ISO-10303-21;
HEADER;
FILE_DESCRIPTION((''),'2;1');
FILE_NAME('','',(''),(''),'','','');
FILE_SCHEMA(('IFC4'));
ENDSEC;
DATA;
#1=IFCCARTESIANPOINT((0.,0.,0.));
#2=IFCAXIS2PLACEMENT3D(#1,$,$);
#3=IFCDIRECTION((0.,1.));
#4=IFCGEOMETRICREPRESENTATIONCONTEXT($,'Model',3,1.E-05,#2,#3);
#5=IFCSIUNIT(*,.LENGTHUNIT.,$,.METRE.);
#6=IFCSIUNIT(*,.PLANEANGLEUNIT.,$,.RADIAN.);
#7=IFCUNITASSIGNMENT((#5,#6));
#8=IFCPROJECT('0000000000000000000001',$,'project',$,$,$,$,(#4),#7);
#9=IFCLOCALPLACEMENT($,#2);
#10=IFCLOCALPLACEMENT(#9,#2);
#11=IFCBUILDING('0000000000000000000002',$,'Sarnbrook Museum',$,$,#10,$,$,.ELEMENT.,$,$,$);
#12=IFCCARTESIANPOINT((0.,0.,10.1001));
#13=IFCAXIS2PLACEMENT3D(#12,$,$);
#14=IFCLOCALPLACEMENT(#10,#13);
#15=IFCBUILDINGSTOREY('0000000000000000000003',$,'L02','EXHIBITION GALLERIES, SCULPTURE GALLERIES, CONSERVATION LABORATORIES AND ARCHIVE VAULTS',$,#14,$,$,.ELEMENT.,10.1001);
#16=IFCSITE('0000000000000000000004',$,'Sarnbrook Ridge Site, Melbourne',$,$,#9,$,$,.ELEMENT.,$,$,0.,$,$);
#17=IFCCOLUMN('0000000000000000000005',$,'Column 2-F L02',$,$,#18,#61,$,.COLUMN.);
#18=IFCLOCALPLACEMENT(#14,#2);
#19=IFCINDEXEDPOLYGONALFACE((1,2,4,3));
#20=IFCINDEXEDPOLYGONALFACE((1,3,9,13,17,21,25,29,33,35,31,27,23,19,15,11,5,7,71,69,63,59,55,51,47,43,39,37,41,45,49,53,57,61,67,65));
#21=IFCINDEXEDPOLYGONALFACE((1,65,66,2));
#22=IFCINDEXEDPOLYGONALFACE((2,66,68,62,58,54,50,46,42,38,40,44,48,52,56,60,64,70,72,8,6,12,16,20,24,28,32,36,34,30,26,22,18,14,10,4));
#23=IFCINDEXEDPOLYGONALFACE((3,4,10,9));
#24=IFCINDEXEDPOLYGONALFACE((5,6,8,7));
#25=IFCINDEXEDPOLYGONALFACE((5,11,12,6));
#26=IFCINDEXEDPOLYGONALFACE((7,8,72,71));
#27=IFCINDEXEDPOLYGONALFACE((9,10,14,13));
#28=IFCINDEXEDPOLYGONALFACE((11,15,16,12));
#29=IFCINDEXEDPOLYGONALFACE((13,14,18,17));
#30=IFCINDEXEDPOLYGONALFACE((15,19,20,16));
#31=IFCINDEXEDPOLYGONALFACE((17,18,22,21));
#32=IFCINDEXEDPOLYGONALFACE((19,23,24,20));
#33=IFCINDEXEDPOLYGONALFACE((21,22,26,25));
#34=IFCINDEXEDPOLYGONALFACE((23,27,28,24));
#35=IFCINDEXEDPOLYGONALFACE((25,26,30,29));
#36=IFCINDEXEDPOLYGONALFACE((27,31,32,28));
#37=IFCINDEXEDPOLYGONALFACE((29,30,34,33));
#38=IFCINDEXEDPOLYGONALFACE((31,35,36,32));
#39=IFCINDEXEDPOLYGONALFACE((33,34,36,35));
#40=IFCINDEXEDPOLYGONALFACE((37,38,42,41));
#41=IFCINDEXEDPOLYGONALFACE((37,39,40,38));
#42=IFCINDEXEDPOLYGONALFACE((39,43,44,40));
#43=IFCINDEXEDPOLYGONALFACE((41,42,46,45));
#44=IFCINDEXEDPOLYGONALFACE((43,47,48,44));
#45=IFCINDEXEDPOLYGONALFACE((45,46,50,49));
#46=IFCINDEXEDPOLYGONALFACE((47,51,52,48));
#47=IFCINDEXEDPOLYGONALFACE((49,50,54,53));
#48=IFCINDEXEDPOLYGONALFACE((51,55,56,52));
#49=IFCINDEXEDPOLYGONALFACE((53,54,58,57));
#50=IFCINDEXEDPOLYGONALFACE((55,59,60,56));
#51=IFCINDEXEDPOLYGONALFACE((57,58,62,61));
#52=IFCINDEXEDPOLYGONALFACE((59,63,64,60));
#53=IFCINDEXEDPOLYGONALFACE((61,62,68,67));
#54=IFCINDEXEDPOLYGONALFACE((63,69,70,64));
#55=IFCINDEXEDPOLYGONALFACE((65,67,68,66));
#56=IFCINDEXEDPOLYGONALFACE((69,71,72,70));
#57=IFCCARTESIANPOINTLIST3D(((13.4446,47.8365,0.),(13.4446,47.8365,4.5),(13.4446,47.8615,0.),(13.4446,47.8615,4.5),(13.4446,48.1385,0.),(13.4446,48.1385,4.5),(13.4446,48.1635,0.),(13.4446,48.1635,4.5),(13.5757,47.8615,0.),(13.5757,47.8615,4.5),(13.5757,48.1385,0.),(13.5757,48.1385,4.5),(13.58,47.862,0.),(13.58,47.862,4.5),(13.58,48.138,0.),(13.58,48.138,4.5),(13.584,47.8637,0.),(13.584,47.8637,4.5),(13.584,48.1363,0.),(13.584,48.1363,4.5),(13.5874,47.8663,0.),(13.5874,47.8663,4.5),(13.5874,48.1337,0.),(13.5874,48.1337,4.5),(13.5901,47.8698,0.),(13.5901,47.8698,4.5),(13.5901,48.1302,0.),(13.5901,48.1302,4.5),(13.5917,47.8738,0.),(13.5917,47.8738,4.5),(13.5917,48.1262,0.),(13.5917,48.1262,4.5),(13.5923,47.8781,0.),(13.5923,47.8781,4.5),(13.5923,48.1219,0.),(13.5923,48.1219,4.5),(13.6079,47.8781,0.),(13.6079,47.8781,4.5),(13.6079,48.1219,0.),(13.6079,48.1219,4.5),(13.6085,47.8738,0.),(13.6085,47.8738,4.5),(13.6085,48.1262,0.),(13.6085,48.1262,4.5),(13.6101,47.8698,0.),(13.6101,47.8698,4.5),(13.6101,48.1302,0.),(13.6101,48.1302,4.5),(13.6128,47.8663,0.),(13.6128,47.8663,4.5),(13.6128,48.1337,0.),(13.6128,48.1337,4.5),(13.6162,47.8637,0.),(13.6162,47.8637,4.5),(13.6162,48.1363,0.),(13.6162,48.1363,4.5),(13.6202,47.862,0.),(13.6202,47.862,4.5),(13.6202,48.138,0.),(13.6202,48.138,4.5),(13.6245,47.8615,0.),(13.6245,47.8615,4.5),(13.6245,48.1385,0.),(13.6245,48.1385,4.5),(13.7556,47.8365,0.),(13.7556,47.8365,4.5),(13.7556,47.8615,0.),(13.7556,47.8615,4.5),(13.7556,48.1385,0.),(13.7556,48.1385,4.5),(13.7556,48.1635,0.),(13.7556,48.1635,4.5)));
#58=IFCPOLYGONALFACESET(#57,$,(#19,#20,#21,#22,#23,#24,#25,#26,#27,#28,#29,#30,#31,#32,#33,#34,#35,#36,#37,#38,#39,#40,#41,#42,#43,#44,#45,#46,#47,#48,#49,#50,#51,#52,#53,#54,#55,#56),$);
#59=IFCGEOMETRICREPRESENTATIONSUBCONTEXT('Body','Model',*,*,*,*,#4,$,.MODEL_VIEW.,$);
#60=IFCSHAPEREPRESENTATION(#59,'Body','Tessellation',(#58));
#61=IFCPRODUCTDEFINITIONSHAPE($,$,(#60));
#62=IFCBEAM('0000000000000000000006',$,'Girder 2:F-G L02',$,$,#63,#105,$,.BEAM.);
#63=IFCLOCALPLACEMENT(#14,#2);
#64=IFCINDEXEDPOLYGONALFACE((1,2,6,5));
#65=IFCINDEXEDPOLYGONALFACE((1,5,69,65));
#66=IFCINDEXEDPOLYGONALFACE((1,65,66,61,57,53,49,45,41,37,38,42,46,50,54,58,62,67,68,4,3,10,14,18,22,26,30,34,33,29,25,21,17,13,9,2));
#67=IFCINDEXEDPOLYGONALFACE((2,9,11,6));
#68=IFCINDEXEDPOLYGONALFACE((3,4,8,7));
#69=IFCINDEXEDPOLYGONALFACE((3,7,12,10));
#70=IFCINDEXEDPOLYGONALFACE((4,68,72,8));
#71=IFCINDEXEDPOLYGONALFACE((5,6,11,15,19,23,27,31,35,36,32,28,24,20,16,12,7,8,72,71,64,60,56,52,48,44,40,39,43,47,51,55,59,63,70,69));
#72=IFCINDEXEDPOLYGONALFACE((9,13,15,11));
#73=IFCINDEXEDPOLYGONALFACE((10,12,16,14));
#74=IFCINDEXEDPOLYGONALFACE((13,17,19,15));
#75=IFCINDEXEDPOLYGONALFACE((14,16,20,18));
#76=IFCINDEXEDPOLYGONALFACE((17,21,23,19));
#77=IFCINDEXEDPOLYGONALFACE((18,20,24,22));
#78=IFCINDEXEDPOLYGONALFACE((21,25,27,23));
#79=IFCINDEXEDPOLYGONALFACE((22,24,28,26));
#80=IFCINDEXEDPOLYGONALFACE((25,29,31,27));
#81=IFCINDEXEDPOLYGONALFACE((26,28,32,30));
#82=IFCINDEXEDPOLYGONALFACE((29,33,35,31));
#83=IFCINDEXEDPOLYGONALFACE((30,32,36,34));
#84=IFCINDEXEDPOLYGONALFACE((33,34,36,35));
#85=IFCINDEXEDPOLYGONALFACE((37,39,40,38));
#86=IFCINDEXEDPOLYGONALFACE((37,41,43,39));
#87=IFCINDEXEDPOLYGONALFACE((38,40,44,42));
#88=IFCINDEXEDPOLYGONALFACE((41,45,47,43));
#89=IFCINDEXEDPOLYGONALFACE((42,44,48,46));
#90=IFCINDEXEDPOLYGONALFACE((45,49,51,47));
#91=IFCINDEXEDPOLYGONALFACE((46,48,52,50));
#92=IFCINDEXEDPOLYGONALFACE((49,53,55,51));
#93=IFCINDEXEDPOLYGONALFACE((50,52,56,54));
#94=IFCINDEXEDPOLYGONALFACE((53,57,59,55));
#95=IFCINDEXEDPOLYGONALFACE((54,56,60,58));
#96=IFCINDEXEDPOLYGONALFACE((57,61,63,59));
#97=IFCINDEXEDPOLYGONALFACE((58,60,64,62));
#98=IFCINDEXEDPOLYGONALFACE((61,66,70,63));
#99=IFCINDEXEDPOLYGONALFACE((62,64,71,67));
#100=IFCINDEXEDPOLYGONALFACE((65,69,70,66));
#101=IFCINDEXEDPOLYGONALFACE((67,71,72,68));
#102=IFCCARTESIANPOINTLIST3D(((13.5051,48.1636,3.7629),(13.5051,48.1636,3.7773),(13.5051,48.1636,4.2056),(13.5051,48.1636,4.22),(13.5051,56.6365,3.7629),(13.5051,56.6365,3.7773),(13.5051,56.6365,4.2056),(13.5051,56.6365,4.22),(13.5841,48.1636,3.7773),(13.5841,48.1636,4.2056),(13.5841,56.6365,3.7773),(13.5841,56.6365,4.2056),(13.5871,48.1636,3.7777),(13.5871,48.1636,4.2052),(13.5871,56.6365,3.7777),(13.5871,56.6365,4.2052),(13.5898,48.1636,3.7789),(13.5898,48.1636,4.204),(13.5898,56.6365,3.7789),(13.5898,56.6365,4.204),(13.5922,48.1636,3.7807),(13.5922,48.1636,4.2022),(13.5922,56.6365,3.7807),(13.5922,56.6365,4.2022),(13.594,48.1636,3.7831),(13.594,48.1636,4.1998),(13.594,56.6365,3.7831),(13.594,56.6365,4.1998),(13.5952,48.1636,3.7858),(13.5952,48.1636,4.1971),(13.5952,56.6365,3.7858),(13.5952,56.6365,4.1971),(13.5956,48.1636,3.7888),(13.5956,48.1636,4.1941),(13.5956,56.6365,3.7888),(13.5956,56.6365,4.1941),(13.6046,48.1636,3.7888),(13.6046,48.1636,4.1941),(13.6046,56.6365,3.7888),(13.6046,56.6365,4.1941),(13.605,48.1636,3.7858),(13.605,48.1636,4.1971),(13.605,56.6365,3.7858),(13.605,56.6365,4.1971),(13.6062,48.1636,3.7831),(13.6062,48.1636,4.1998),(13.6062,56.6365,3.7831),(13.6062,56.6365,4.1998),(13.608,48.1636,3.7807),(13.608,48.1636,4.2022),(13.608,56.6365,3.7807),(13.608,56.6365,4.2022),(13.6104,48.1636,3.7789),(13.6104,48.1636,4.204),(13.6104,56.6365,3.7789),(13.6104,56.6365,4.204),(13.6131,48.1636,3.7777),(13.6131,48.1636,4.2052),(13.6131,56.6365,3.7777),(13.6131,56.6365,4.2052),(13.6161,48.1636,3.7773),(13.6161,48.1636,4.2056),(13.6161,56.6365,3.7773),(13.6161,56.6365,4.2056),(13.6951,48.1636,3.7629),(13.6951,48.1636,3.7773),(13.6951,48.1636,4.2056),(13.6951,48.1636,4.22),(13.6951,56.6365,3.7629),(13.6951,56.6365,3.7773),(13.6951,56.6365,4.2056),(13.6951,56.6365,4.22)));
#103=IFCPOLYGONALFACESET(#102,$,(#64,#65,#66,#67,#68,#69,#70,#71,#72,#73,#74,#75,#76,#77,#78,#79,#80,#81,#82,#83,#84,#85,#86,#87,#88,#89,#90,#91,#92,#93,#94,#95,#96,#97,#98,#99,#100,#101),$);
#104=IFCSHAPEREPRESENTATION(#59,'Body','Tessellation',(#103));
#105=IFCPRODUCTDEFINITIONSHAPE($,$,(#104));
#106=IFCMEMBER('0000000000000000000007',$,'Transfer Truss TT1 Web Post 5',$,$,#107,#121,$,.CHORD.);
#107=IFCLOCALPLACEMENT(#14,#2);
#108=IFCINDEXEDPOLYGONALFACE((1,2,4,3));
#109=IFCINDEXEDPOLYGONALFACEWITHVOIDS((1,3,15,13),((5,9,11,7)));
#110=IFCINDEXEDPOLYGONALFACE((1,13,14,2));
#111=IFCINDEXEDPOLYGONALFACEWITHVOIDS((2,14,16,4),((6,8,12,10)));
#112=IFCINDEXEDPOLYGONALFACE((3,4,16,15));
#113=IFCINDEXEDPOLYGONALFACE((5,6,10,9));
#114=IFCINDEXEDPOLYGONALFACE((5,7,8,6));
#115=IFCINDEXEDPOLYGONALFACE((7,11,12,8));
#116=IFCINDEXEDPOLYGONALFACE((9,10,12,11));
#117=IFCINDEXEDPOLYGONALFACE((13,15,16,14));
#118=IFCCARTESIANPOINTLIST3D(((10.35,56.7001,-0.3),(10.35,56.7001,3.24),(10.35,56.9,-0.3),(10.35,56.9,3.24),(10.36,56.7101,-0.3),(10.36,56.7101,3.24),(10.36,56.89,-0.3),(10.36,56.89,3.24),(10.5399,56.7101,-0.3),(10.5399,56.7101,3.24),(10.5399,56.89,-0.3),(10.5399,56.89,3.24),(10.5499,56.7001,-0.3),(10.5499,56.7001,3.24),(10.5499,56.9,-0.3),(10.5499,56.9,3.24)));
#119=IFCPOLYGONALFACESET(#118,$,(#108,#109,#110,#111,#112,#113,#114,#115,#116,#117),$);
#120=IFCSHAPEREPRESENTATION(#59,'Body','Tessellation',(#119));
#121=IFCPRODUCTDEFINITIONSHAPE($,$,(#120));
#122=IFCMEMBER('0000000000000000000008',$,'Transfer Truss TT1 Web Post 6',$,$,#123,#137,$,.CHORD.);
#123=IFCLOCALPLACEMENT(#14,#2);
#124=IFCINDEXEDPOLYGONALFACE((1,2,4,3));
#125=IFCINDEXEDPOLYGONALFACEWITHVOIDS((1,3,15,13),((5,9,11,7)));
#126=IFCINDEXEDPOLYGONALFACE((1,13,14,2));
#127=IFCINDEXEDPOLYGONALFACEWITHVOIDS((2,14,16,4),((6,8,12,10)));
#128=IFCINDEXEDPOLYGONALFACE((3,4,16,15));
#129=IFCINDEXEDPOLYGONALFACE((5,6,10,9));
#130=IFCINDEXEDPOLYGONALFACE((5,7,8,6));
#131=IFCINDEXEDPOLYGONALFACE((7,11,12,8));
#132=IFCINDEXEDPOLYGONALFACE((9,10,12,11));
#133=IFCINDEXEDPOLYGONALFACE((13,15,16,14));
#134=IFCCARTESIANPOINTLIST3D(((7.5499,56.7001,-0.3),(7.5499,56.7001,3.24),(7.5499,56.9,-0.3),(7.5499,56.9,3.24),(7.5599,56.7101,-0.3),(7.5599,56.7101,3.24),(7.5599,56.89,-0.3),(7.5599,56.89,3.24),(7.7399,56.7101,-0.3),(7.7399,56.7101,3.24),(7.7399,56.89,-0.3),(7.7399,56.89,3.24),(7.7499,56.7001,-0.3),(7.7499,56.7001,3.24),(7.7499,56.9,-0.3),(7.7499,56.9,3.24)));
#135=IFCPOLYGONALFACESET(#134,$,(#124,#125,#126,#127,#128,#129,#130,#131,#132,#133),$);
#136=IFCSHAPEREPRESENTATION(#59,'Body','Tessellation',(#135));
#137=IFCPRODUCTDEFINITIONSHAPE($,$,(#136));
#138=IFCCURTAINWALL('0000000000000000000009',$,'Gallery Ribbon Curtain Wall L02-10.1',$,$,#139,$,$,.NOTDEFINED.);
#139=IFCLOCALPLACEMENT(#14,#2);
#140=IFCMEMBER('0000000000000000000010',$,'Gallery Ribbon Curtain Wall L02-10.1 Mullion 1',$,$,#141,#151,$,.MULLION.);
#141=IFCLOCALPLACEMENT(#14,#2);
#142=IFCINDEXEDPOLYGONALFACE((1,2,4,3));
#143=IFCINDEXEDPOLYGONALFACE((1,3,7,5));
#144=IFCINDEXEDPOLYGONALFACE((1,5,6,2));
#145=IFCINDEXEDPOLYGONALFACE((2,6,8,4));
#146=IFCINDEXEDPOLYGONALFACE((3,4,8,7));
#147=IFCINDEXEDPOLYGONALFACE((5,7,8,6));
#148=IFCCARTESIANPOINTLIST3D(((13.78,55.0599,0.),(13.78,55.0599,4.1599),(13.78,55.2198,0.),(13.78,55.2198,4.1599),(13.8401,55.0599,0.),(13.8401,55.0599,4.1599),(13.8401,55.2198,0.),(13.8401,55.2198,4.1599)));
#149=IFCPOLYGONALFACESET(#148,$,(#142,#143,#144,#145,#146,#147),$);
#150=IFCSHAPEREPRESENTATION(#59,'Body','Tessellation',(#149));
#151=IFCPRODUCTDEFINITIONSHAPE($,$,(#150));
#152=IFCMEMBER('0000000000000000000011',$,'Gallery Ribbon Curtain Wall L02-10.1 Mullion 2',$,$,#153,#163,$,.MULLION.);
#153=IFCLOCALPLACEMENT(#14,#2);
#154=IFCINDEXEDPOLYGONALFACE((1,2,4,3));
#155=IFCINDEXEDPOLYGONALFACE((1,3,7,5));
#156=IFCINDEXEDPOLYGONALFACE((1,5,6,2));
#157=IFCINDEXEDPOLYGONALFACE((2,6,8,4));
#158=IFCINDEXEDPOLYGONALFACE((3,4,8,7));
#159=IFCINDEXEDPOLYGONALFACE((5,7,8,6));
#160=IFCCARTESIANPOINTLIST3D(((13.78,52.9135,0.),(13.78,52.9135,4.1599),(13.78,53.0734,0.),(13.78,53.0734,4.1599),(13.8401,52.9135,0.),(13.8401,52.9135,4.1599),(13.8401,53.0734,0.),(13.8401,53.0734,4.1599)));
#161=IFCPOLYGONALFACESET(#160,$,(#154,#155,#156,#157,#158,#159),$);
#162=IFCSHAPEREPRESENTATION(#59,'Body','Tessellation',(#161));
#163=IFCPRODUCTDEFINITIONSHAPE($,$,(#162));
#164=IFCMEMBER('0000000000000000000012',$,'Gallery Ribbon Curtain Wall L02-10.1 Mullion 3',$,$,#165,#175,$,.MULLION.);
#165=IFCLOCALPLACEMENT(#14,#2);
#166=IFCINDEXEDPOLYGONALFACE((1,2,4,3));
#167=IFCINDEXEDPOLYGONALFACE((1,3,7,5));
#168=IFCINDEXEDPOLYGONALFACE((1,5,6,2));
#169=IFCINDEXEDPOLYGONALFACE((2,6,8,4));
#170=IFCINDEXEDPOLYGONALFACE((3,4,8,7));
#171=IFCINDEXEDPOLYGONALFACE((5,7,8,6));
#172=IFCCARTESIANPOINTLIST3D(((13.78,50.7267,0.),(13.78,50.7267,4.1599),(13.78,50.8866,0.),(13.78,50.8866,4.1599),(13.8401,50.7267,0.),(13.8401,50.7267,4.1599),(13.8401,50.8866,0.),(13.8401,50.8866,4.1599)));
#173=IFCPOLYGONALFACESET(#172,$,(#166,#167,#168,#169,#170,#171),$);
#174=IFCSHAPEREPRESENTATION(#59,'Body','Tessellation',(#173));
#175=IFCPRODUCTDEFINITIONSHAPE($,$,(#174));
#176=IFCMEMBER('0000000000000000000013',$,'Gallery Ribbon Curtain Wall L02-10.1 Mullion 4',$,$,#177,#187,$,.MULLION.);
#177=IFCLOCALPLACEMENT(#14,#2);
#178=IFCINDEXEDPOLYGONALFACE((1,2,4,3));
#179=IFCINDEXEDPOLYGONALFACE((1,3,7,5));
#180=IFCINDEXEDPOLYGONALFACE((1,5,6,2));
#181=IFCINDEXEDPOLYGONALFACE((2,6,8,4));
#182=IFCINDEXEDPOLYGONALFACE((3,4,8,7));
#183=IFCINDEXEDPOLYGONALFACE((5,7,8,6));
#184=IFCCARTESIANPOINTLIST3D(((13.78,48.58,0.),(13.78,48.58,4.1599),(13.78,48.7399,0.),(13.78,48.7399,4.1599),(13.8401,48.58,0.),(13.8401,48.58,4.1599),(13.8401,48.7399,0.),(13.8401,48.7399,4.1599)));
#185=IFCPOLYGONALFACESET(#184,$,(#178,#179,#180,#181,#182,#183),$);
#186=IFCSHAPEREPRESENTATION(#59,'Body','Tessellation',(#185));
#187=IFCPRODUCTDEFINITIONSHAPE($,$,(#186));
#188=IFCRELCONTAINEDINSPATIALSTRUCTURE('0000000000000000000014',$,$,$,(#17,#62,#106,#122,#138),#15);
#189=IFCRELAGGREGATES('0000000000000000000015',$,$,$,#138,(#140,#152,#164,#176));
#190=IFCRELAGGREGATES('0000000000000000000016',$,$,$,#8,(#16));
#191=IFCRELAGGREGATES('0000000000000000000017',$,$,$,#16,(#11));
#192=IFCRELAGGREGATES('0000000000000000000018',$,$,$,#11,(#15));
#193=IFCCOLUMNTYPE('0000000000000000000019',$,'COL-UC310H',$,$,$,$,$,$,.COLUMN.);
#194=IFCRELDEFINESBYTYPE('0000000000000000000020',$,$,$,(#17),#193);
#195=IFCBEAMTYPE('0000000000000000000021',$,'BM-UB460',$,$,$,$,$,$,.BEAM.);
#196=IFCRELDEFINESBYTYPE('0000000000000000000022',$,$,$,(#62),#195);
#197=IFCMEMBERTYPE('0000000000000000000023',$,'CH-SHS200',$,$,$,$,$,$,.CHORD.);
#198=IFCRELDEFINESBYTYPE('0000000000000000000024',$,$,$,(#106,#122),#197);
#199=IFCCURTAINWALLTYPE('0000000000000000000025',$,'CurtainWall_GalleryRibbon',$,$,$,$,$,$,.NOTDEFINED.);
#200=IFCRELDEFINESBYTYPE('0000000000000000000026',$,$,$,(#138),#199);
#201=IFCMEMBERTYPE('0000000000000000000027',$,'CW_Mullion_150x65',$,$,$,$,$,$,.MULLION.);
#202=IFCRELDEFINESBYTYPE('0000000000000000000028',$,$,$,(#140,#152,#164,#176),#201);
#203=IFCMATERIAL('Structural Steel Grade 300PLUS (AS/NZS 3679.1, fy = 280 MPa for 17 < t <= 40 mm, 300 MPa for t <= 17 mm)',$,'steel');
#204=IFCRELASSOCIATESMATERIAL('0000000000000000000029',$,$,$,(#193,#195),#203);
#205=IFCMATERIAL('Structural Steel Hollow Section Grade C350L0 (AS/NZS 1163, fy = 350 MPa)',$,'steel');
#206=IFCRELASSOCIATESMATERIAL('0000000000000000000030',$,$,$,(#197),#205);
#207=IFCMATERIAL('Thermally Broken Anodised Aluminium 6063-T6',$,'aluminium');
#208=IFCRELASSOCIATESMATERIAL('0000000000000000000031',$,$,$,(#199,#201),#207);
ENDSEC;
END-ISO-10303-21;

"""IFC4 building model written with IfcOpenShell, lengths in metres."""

from ifc_helpers import new_model, si_unit, direction, frame, origin, origin_2d, place, context, subcontext, project, spatial, rectangle, hollow_rectangle, i_section, extrude, material, material_profile, profile_set, type_object, element, aggregate, save


model = new_model("IFC4")

# Units and contexts
model_context = context("Model", 3, precision=1e-05, world=origin(), true_north=direction((0.0, 1.0)))
body_context = subcontext(model_context, "Body", "Model", "MODEL_VIEW")
ifc_project = project(units=[si_unit("LENGTHUNIT", "METRE"), si_unit("PLANEANGLEUNIT", "RADIAN")], contexts=[model_context])

# Site, building, storey
site_placement = place(None, origin())
site = spatial("IfcSite", under=ifc_project, at=site_placement, Name="Sarnbrook Ridge Site, Melbourne", CompositionType="ELEMENT", RefElevation=0.0)
building_placement = place(site_placement, origin())
building = spatial("IfcBuilding", under=site, at=building_placement, Name="Sarnbrook Museum", CompositionType="ELEMENT")
storey_placement = place(building_placement, frame((0.0, 0.0, 10.1001)))
storey = spatial("IfcBuildingStorey", under=building, at=storey_placement, Name="L02", Description="EXHIBITION GALLERIES, SCULPTURE GALLERIES, CONSERVATION LABORATORIES AND ARCHIVE VAULTS", CompositionType="ELEMENT", Elevation=10.1001)

# Column
ifc_material_1 = material(Name="Structural Steel Grade 300PLUS (AS/NZS 3679.1, fy = 280 MPa for 17 < t <= 40 mm, 300 MPa for t <= 17 mm)", Category="steel")
ifc_material_profile_1 = material_profile(ifc_material_1, i_section(OverallWidth=0.311, OverallDepth=0.3269, WebThickness=0.0156, FlangeThickness=0.0249, FilletRadius=0.0166, at=origin_2d()), Name="310UC158")
ifc_profile_set_1 = profile_set([ifc_material_profile_1], Name="Structural Steel Grade 300PLUS (AS/NZS 3679.1, fy = 280 MPa for 17 < t <= 40 mm, 300 MPa for t <= 17 mm)")
column_type = type_object("IfcColumnType", Name="COL-UC310H", PredefinedType="COLUMN", material=ifc_profile_set_1)
column_placement = place(storey_placement, frame((13.6001, 48.0, 0.0), z_axis=(0.0, 0.0, 1.0), x_axis=(1.0, 0.0, 0.0)))
element("IfcColumn", 1, at=column_placement, inside=storey, type_object=column_type, Name="Column 2-F L02", PredefinedType="COLUMN", context=body_context, shape_type="SweptSolid", body=[
    extrude(i_section(OverallWidth=0.311, OverallDepth=0.3269, WebThickness=0.0156, FlangeThickness=0.0249, FilletRadius=0.0166, at=origin_2d()), origin(), (0.0, 0.0, 1.0), 4.5),
])

# Beam
ifc_material_profile_2 = material_profile(ifc_material_1, i_section(OverallWidth=0.1899, OverallDepth=0.457, WebThickness=0.009, FlangeThickness=0.0144, FilletRadius=0.0115, at=origin_2d()), Name="460UB74.6")
ifc_profile_set_2 = profile_set([ifc_material_profile_2], Name="Structural Steel Grade 300PLUS (AS/NZS 3679.1, fy = 280 MPa for 17 < t <= 40 mm, 300 MPa for t <= 17 mm)")
beam_type = type_object("IfcBeamType", Name="BM-UB460", PredefinedType="BEAM", material=ifc_profile_set_2)
beam_placement = place(storey_placement, frame((13.6001, 48.1636, 3.9915), z_axis=(0.0, 1.0, 0.0), x_axis=(-1.0, 0.0, 0.0)))
element("IfcBeam", 2, at=beam_placement, inside=storey, type_object=beam_type, Name="Girder 2:F-G L02", PredefinedType="BEAM", context=body_context, shape_type="SweptSolid", body=[
    extrude(i_section(OverallWidth=0.1899, OverallDepth=0.457, WebThickness=0.009, FlangeThickness=0.0144, FilletRadius=0.0115, at=origin_2d()), origin(), (0.0, 0.0, 1.0), 8.4729),
])

# Members
ifc_material_2 = material(Name="Structural Steel Hollow Section Grade C350L0 (AS/NZS 1163, fy = 350 MPa)", Category="steel")
ifc_material_profile_3 = material_profile(ifc_material_2, hollow_rectangle(XDim=0.2, YDim=0.2, WallThickness=0.01, at=origin_2d()), Name="200x200x10.0SHS")
ifc_profile_set_3 = profile_set([ifc_material_profile_3], Name="Structural Steel Hollow Section Grade C350L0 (AS/NZS 1163, fy = 350 MPa)")
member_type_1 = type_object("IfcMemberType", Name="CH-SHS200", PredefinedType="CHORD", material=ifc_profile_set_3)
for number, where, z_axis, x_axis, name in (
    (3, (10.45, 56.8, -0.3), (0.0, 0.0, 1.0), (1.0, 0.0, 0.0), "Transfer Truss TT1 Web Post 5"),
    (4, (7.6499, 56.8, -0.3), (0.0, 0.0, 1.0), (1.0, 0.0, 0.0), "Transfer Truss TT1 Web Post 6"),
):
    element("IfcMember", number, at=place(storey_placement, frame(where, z_axis=z_axis, x_axis=x_axis)), inside=storey, type_object=member_type_1, Name=name, PredefinedType="CHORD", context=body_context, shape_type="SweptSolid", body=[
        extrude(hollow_rectangle(XDim=0.2, YDim=0.2, WallThickness=0.01, at=origin_2d()), origin(), (0.0, 0.0, 1.0), 3.54),
    ])

# Curtain wall, members
ifc_material_3 = material(Name="Thermally Broken Anodised Aluminium 6063-T6", Category="aluminium")
curtain_wall_type = type_object("IfcCurtainWallType", Name="CurtainWall_GalleryRibbon", PredefinedType="NOTDEFINED", material=ifc_material_3)
curtain_wall_1_placement = place(storey_placement, origin())
curtain_wall_1 = element("IfcCurtainWall", 5, at=curtain_wall_1_placement, inside=storey, type_object=curtain_wall_type, Name="Gallery Ribbon Curtain Wall L02-10.1", PredefinedType="NOTDEFINED")
ifc_material_profile_4 = material_profile(ifc_material_3, rectangle(XDim=0.0601, YDim=0.1599, at=origin_2d()), Name="ALU MULLION 60x160")
ifc_profile_set_4 = profile_set([ifc_material_profile_4], Name="Thermally Broken Anodised Aluminium 6063-T6")
member_type_2 = type_object("IfcMemberType", Name="CW_Mullion_150x65", PredefinedType="MULLION", material=ifc_profile_set_4)
member_1_placement = place(storey_placement, frame((13.8101, 55.1399, 0.0), z_axis=(0.0, 0.0, 1.0), x_axis=(1.0, 0.0, 0.0)))
member_1 = element("IfcMember", 6, at=member_1_placement, type_object=member_type_2, Name="Gallery Ribbon Curtain Wall L02-10.1 Mullion 1", PredefinedType="MULLION", context=body_context, shape_type="SweptSolid", body=[
    extrude(rectangle(XDim=0.0601, YDim=0.1599, at=origin_2d()), origin(), (0.0, 0.0, 1.0), 4.1599),
])
member_2_placement = place(storey_placement, frame((13.8101, 52.9934, 0.0), z_axis=(0.0, 0.0, 1.0), x_axis=(1.0, 0.0, 0.0)))
member_2 = element("IfcMember", 7, at=member_2_placement, type_object=member_type_2, Name="Gallery Ribbon Curtain Wall L02-10.1 Mullion 2", PredefinedType="MULLION", context=body_context, shape_type="SweptSolid", body=[
    extrude(rectangle(XDim=0.0601, YDim=0.1599, at=origin_2d()), origin(), (0.0, 0.0, 1.0), 4.1599),
])
member_3_placement = place(storey_placement, frame((13.8101, 50.8066, 0.0), z_axis=(0.0, 0.0, 1.0), x_axis=(1.0, 0.0, 0.0)))
member_3 = element("IfcMember", 8, at=member_3_placement, type_object=member_type_2, Name="Gallery Ribbon Curtain Wall L02-10.1 Mullion 3", PredefinedType="MULLION", context=body_context, shape_type="SweptSolid", body=[
    extrude(rectangle(XDim=0.0601, YDim=0.1599, at=origin_2d()), origin(), (0.0, 0.0, 1.0), 4.1599),
])
member_4_placement = place(storey_placement, frame((13.8101, 48.6599, 0.0), z_axis=(0.0, 0.0, 1.0), x_axis=(1.0, 0.0, 0.0)))
member_4 = element("IfcMember", 9, at=member_4_placement, type_object=member_type_2, Name="Gallery Ribbon Curtain Wall L02-10.1 Mullion 4", PredefinedType="MULLION", context=body_context, shape_type="SweptSolid", body=[
    extrude(rectangle(XDim=0.0601, YDim=0.1599, at=origin_2d()), origin(), (0.0, 0.0, 1.0), 4.1599),
])

aggregate(curtain_wall_1, [member_1, member_2, member_3, member_4])

save(model, "model.ifc")
